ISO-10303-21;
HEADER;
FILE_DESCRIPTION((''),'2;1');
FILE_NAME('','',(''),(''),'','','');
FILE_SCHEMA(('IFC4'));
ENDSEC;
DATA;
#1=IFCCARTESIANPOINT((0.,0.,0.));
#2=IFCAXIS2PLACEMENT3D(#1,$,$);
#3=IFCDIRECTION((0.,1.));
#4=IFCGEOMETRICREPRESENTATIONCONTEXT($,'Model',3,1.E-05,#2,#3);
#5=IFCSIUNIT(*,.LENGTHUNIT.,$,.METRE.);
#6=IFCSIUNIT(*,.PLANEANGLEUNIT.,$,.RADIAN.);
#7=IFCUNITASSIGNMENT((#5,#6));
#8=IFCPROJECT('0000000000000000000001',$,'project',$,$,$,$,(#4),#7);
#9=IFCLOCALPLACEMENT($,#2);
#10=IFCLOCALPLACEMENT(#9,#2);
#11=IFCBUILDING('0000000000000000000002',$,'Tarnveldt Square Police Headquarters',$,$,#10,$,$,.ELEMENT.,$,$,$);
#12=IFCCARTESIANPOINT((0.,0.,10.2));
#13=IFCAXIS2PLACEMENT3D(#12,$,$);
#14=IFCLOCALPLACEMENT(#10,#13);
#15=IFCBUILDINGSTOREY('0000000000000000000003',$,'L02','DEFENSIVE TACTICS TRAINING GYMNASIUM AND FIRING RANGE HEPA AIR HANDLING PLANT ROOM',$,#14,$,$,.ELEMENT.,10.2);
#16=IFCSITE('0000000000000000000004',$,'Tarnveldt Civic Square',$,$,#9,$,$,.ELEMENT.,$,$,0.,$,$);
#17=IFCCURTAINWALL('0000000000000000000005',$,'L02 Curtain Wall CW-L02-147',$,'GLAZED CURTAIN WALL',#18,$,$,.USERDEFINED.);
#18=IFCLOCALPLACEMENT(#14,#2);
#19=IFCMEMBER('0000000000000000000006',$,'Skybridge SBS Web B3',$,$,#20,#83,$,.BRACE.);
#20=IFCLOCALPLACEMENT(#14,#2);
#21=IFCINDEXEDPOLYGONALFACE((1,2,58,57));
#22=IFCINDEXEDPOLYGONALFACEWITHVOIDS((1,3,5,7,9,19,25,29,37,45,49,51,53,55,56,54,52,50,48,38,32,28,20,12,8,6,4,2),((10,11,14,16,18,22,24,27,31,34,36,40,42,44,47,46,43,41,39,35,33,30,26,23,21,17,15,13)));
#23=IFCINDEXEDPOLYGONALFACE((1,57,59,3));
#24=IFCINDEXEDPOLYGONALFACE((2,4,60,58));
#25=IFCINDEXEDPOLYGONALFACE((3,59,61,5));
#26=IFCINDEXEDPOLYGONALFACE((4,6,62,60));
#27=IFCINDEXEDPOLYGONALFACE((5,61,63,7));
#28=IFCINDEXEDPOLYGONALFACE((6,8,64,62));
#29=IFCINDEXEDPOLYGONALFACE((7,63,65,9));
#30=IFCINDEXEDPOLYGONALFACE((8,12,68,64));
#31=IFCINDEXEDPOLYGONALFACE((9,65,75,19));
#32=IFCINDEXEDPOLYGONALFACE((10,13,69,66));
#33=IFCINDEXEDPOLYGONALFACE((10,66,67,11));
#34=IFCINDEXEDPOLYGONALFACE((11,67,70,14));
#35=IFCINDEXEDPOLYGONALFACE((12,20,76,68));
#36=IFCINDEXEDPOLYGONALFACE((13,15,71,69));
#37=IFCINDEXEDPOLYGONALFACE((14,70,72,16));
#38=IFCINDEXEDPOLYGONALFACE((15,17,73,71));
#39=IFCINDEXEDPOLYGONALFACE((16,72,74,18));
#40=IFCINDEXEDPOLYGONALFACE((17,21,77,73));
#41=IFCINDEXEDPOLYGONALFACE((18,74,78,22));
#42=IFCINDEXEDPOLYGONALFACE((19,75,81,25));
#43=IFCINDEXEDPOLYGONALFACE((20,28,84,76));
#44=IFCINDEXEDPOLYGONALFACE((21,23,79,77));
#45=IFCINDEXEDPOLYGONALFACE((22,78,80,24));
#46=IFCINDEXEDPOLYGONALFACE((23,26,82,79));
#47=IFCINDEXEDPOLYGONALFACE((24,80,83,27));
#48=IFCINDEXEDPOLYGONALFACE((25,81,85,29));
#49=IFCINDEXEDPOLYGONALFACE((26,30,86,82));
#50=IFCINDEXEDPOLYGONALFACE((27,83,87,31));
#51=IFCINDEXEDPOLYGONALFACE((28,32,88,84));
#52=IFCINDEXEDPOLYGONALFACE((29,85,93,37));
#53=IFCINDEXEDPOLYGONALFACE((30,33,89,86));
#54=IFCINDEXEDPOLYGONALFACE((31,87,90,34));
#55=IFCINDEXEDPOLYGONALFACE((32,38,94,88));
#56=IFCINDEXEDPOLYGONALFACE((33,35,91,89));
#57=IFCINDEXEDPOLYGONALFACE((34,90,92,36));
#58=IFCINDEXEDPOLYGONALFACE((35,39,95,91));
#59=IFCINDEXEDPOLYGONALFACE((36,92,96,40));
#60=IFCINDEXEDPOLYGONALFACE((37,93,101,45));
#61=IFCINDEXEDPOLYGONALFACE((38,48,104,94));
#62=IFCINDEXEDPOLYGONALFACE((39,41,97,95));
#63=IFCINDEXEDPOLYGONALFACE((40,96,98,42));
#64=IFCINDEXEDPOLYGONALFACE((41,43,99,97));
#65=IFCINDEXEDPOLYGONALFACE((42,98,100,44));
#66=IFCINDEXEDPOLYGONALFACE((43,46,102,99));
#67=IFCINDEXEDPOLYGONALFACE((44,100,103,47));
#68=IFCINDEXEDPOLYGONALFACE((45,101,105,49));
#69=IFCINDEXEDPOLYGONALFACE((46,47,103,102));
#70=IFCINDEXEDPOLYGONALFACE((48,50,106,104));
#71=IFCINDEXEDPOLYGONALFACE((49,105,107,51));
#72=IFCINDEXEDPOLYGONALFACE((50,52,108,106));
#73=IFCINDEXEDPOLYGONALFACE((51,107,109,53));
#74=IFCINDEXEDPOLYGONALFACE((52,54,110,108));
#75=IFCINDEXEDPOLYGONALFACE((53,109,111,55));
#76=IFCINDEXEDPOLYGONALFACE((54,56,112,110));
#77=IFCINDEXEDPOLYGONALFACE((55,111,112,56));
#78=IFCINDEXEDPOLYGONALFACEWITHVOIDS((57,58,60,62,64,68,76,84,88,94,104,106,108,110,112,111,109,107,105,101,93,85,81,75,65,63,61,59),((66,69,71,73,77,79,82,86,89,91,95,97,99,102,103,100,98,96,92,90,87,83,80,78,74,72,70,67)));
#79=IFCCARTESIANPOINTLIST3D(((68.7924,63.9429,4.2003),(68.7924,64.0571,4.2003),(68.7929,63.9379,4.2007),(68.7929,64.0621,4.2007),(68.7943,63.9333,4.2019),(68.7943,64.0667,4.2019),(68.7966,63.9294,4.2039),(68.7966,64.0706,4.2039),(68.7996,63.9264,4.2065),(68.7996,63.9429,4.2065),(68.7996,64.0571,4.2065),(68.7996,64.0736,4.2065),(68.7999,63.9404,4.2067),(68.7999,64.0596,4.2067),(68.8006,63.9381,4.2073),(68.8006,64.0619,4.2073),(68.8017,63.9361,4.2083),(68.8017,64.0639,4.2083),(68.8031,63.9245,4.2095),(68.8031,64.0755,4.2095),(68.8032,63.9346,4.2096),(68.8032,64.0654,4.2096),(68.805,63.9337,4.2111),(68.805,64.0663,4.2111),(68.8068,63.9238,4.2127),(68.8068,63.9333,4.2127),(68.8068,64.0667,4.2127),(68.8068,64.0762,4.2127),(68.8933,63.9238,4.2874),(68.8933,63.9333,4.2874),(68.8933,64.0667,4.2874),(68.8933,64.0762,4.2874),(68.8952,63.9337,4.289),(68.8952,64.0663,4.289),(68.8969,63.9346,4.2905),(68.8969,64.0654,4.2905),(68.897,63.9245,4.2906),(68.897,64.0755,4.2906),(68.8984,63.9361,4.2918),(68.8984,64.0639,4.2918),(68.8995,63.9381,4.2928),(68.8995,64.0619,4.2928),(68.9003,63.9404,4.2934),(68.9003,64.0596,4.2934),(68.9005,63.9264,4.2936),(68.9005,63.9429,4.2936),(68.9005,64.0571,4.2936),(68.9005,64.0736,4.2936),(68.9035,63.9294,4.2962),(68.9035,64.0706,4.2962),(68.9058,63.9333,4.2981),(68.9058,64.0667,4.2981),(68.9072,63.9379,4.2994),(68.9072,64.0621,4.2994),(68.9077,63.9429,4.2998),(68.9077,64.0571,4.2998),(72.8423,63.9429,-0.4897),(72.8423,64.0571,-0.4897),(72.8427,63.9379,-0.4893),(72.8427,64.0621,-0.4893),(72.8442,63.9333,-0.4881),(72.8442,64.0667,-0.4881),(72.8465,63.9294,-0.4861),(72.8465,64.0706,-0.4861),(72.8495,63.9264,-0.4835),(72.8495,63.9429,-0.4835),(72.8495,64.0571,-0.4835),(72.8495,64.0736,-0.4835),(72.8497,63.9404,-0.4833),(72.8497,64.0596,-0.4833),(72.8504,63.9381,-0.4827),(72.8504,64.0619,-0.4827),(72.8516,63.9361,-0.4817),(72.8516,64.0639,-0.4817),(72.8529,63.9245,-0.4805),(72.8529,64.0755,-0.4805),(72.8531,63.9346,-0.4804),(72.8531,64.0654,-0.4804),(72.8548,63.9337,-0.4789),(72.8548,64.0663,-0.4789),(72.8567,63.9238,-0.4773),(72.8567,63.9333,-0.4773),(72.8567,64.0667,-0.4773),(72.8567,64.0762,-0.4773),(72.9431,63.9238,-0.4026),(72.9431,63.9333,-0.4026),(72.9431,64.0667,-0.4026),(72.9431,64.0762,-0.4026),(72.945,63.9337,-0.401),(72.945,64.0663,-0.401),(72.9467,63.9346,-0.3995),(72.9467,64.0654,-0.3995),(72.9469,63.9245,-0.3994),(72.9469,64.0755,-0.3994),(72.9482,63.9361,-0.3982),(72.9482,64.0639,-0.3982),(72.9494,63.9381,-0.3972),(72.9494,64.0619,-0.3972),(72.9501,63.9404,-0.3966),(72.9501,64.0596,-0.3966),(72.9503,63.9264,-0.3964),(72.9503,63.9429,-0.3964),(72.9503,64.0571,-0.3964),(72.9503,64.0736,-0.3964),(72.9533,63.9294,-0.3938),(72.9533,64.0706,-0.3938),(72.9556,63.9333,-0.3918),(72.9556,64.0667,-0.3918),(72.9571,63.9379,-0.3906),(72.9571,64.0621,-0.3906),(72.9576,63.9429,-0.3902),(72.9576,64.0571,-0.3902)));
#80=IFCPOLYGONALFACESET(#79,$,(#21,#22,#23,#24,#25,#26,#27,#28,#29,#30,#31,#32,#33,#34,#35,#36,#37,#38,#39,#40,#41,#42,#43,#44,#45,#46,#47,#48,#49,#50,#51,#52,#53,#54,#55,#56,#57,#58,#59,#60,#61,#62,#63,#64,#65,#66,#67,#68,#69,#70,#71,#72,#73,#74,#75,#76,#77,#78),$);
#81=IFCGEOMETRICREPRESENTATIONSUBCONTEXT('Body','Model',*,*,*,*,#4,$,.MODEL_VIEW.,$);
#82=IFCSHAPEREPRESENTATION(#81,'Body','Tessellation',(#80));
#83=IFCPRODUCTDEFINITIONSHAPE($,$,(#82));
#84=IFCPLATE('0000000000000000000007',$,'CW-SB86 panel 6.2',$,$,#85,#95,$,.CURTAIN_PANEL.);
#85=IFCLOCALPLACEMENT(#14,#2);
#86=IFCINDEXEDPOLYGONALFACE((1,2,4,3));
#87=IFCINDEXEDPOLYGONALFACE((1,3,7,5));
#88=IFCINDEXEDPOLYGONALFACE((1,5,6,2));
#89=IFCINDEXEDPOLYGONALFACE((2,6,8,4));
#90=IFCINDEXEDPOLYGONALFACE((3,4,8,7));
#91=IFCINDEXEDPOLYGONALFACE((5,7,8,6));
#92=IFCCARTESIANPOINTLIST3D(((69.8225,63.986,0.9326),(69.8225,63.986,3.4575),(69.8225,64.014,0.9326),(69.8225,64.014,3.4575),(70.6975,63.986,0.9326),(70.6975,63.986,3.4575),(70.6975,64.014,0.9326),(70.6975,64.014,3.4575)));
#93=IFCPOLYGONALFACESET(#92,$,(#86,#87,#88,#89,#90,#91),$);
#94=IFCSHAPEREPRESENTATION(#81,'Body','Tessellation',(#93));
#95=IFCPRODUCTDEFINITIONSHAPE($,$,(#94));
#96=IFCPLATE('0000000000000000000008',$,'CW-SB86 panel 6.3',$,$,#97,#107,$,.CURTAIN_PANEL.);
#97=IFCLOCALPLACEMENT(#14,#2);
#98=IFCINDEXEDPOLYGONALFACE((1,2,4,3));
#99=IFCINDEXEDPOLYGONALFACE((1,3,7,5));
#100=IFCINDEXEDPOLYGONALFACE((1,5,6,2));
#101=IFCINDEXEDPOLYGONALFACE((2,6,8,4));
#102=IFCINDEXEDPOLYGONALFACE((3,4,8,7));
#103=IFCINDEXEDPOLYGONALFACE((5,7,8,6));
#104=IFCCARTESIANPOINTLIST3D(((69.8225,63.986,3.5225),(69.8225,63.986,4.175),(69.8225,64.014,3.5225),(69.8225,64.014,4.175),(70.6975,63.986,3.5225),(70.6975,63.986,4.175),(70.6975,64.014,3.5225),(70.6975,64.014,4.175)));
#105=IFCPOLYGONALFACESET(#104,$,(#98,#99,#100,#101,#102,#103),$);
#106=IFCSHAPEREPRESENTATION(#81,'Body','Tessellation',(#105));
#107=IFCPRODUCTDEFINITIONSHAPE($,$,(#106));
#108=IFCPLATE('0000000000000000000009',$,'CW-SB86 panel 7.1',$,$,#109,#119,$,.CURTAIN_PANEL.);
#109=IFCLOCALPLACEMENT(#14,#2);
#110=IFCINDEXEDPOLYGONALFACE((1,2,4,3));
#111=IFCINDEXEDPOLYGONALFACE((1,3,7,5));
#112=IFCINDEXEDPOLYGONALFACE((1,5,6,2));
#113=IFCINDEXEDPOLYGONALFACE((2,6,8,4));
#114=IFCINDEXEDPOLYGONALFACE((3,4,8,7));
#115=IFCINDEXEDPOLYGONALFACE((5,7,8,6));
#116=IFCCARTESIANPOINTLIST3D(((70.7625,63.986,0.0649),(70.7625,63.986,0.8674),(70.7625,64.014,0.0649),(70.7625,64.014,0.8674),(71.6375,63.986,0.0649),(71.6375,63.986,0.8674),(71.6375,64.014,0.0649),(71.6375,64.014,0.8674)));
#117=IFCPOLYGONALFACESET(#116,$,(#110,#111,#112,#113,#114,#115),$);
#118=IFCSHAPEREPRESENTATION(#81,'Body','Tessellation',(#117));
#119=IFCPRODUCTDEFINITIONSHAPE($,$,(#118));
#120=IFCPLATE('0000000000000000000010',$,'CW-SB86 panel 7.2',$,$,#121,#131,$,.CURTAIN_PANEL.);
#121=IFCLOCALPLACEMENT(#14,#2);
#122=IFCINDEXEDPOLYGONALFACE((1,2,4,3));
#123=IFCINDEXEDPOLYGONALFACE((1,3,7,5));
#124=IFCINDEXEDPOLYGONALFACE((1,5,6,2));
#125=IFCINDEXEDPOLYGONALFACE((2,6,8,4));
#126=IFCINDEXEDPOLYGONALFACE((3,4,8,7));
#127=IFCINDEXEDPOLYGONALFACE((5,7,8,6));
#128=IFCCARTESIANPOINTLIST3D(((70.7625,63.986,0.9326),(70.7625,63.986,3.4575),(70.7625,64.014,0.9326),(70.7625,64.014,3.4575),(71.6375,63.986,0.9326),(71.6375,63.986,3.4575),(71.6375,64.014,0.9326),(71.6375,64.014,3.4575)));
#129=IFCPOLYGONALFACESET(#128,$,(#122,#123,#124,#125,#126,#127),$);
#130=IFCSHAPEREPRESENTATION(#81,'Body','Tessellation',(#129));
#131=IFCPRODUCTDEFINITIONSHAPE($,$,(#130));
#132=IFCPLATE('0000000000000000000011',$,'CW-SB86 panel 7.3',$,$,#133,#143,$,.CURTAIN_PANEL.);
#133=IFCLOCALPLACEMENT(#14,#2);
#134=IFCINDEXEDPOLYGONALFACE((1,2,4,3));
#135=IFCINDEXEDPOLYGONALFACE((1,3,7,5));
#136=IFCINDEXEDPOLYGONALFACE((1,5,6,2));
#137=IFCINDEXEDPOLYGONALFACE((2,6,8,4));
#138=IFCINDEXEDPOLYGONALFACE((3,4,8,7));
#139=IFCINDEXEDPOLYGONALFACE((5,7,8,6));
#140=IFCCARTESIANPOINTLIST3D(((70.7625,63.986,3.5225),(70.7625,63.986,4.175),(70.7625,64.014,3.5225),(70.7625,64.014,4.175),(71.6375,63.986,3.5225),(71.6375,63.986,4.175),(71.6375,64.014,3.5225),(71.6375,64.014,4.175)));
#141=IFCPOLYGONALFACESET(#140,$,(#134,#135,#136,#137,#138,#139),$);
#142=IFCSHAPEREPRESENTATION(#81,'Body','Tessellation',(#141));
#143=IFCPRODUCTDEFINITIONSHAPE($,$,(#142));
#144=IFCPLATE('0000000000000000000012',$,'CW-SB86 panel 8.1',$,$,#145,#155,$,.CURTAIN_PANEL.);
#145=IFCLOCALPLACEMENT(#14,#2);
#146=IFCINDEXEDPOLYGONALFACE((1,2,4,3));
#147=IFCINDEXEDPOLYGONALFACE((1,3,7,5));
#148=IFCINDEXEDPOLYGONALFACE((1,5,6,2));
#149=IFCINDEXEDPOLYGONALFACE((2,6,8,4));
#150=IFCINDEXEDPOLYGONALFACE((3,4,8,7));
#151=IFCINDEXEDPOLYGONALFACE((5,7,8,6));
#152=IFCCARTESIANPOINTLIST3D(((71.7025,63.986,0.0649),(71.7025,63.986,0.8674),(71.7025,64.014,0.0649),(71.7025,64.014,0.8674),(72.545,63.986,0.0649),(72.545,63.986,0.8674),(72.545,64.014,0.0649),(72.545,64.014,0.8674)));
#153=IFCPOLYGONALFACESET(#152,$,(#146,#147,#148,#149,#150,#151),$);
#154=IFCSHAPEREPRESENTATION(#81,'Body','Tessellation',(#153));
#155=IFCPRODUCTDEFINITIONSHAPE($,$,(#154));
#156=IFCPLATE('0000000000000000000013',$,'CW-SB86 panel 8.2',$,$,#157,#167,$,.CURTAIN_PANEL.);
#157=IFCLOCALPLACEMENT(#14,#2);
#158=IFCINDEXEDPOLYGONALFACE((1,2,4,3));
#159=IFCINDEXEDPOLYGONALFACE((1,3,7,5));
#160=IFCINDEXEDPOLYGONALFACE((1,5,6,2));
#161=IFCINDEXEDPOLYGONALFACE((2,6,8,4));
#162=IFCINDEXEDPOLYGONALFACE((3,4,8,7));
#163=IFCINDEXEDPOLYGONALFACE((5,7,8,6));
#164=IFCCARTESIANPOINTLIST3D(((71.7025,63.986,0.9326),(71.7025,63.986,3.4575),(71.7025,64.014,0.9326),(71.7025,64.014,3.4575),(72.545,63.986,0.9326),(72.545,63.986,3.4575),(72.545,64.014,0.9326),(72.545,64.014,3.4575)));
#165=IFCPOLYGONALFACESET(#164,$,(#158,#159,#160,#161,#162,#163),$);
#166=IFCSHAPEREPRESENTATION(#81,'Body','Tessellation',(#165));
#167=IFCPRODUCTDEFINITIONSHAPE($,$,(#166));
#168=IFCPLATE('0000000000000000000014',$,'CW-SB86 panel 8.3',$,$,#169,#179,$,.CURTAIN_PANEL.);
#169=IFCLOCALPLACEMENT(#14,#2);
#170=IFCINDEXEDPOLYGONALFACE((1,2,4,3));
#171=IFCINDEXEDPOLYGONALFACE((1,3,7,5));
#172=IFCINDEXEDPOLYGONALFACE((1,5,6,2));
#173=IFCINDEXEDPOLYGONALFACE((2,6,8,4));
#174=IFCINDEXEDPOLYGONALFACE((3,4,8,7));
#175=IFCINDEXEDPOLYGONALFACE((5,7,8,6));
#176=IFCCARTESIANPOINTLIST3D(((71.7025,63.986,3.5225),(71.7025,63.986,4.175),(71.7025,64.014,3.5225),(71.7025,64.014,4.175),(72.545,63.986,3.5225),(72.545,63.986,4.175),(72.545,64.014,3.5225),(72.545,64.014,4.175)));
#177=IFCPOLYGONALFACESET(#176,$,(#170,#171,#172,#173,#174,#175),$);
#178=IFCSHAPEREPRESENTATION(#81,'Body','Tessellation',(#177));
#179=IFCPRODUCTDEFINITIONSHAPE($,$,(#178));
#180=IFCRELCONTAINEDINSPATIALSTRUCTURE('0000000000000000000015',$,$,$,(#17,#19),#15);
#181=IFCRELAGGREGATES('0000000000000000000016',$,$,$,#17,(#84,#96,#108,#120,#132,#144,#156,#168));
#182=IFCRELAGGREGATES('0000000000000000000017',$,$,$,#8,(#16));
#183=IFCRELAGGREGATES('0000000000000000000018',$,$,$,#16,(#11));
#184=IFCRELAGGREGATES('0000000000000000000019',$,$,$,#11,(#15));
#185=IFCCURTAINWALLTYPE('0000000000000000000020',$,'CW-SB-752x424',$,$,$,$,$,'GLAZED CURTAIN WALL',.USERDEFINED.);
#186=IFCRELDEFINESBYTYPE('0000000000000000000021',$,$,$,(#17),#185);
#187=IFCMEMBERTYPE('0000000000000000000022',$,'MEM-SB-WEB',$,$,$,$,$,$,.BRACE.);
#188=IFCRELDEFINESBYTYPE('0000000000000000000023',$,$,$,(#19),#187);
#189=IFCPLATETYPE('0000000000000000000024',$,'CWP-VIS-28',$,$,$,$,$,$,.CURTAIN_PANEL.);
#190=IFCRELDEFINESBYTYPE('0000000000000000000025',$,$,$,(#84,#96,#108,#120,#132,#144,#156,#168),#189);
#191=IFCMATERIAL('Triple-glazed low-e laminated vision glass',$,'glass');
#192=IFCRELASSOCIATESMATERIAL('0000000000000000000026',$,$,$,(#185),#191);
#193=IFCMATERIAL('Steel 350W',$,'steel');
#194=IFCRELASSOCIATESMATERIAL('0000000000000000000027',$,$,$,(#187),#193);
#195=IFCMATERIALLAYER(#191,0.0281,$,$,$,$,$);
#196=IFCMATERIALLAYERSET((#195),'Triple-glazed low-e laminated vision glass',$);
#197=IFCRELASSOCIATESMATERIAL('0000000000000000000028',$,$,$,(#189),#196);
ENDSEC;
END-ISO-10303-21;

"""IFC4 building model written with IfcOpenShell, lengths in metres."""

from ifc_helpers import new_model, si_unit, direction, frame, origin, origin_2d, place, context, subcontext, project, spatial, rectangle, hollow_rectangle, extrude, material, layer, layer_set, material_profile, profile_set, type_object, element, aggregate, save


model = new_model("IFC4")

# Units and contexts
model_context = context("Model", 3, precision=1e-05, world=origin(), true_north=direction((0.0, 1.0)))
body_context = subcontext(model_context, "Body", "Model", "MODEL_VIEW")
ifc_project = project(units=[si_unit("LENGTHUNIT", "METRE"), si_unit("PLANEANGLEUNIT", "RADIAN")], contexts=[model_context])

# Site, building, storey
site_placement = place(None, origin())
site = spatial("IfcSite", under=ifc_project, at=site_placement, Name="Tarnveldt Civic Square", CompositionType="ELEMENT", RefElevation=0.0)
building_placement = place(site_placement, origin())
building = spatial("IfcBuilding", under=site, at=building_placement, Name="Tarnveldt Square Police Headquarters", CompositionType="ELEMENT")
storey_placement = place(building_placement, frame((0.0, 0.0, 10.2)))
storey = spatial("IfcBuildingStorey", under=building, at=storey_placement, Name="L02", Description="DEFENSIVE TACTICS TRAINING GYMNASIUM AND FIRING RANGE HEPA AIR HANDLING PLANT ROOM", CompositionType="ELEMENT", Elevation=10.2)

# Curtain wall
ifc_material_1 = material(Name="Triple-glazed low-e laminated vision glass", Category="glass")
curtain_wall_type = type_object("IfcCurtainWallType", Name="CW-SB-752x424", ElementType="GLAZED CURTAIN WALL", PredefinedType="USERDEFINED", material=ifc_material_1)
curtain_wall_placement = place(storey_placement, origin())
curtain_wall = element("IfcCurtainWall", 1, at=curtain_wall_placement, inside=storey, type_object=curtain_wall_type, Name="L02 Curtain Wall CW-L02-147", ObjectType="GLAZED CURTAIN WALL", PredefinedType="USERDEFINED")

# Member
ifc_material_2 = material(Name="Steel 350W", Category="steel")
ifc_material_profile_1 = material_profile(ifc_material_2, hollow_rectangle(XDim=0.1523, YDim=0.1523, WallThickness=0.0095, InnerFilletRadius=0.0095, OuterFilletRadius=0.019, at=origin_2d()), Name="HSS152x152x9.5")
ifc_profile_set_1 = profile_set([ifc_material_profile_1], Name="Steel 350W")
member_type_1 = type_object("IfcMemberType", Name="MEM-SB-WEB", PredefinedType="BRACE", material=ifc_profile_set_1)
member_1_placement = place(storey_placement, frame((72.8999, 64.0, -0.4399), z_axis=(-0.653564, 0.0, 0.756871), x_axis=(0.0, -1.0, 0.0)))
element("IfcMember", 2, at=member_1_placement, inside=storey, type_object=member_type_1, Name="Skybridge SBS Web B3", PredefinedType="BRACE", context=body_context, shape_type="SweptSolid", body=[
    extrude(hollow_rectangle(XDim=0.1523, YDim=0.1523, WallThickness=0.0095, InnerFilletRadius=0.0095, OuterFilletRadius=0.019, at=origin_2d()), origin(), (0.0, 0.0, 1.0), 6.1965),
])

# Plates
ifc_layer = layer(ifc_material_1, 0.0281)
ifc_layer_set = layer_set([ifc_layer], Name="Triple-glazed low-e laminated vision glass")
plate_type = type_object("IfcPlateType", Name="CWP-VIS-28", PredefinedType="CURTAIN_PANEL", material=ifc_layer_set)
plate_1_placement = place(storey_placement, frame((70.26, 64.0, 0.9326), z_axis=(0.0, 0.0, 1.0), x_axis=(1.0, 0.0, 0.0)))
plate_1 = element("IfcPlate", 3, at=plate_1_placement, type_object=plate_type, Name="CW-SB86 panel 6.2", PredefinedType="CURTAIN_PANEL", context=body_context, shape_type="SweptSolid", body=[
    extrude(rectangle(XDim=0.875, YDim=0.0281, at=origin_2d()), origin(), (0.0, 0.0, 1.0), 2.5249),
])
plate_2_placement = place(storey_placement, frame((70.26, 64.0, 3.5225), z_axis=(0.0, 0.0, 1.0), x_axis=(1.0, 0.0, 0.0)))
plate_2 = element("IfcPlate", 4, at=plate_2_placement, type_object=plate_type, Name="CW-SB86 panel 6.3", PredefinedType="CURTAIN_PANEL", context=body_context, shape_type="SweptSolid", body=[
    extrude(rectangle(XDim=0.875, YDim=0.0281, at=origin_2d()), origin(), (0.0, 0.0, 1.0), 0.6526),
])
plate_3_placement = place(storey_placement, frame((71.2, 64.0, 0.0649), z_axis=(0.0, 0.0, 1.0), x_axis=(1.0, 0.0, 0.0)))
plate_3 = element("IfcPlate", 5, at=plate_3_placement, type_object=plate_type, Name="CW-SB86 panel 7.1", PredefinedType="CURTAIN_PANEL", context=body_context, shape_type="SweptSolid", body=[
    extrude(rectangle(XDim=0.875, YDim=0.0281, at=origin_2d()), origin(), (0.0, 0.0, 1.0), 0.8025),
])
plate_4_placement = place(storey_placement, frame((71.2, 64.0, 0.9326), z_axis=(0.0, 0.0, 1.0), x_axis=(1.0, 0.0, 0.0)))
plate_4 = element("IfcPlate", 6, at=plate_4_placement, type_object=plate_type, Name="CW-SB86 panel 7.2", PredefinedType="CURTAIN_PANEL", context=body_context, shape_type="SweptSolid", body=[
    extrude(rectangle(XDim=0.875, YDim=0.0281, at=origin_2d()), origin(), (0.0, 0.0, 1.0), 2.5249),
])
plate_5_placement = place(storey_placement, frame((71.2, 64.0, 3.5225), z_axis=(0.0, 0.0, 1.0), x_axis=(1.0, 0.0, 0.0)))
plate_5 = element("IfcPlate", 7, at=plate_5_placement, type_object=plate_type, Name="CW-SB86 panel 7.3", PredefinedType="CURTAIN_PANEL", context=body_context, shape_type="SweptSolid", body=[
    extrude(rectangle(XDim=0.875, YDim=0.0281, at=origin_2d()), origin(), (0.0, 0.0, 1.0), 0.6526),
])
plate_6_placement = place(storey_placement, frame((72.1238, 64.0, 0.0649), z_axis=(0.0, 0.0, 1.0), x_axis=(1.0, 0.0, 0.0)))
plate_6 = element("IfcPlate", 8, at=plate_6_placement, type_object=plate_type, Name="CW-SB86 panel 8.1", PredefinedType="CURTAIN_PANEL", context=body_context, shape_type="SweptSolid", body=[
    extrude(rectangle(XDim=0.8425, YDim=0.0281, at=origin_2d()), origin(), (0.0, 0.0, 1.0), 0.8025),
])
plate_7_placement = place(storey_placement, frame((72.1238, 64.0, 0.9326), z_axis=(0.0, 0.0, 1.0), x_axis=(1.0, 0.0, 0.0)))
plate_7 = element("IfcPlate", 9, at=plate_7_placement, type_object=plate_type, Name="CW-SB86 panel 8.2", PredefinedType="CURTAIN_PANEL", context=body_context, shape_type="SweptSolid", body=[
    extrude(rectangle(XDim=0.8425, YDim=0.0281, at=origin_2d()), origin(), (0.0, 0.0, 1.0), 2.5249),
])
plate_8_placement = place(storey_placement, frame((72.1238, 64.0, 3.5225), z_axis=(0.0, 0.0, 1.0), x_axis=(1.0, 0.0, 0.0)))
plate_8 = element("IfcPlate", 10, at=plate_8_placement, type_object=plate_type, Name="CW-SB86 panel 8.3", PredefinedType="CURTAIN_PANEL", context=body_context, shape_type="SweptSolid", body=[
    extrude(rectangle(XDim=0.8425, YDim=0.0281, at=origin_2d()), origin(), (0.0, 0.0, 1.0), 0.6526),
])
aggregate(curtain_wall, [plate_1, plate_2, plate_3, plate_4, plate_5, plate_6, plate_7, plate_8])

save(model, "model.ifc")
